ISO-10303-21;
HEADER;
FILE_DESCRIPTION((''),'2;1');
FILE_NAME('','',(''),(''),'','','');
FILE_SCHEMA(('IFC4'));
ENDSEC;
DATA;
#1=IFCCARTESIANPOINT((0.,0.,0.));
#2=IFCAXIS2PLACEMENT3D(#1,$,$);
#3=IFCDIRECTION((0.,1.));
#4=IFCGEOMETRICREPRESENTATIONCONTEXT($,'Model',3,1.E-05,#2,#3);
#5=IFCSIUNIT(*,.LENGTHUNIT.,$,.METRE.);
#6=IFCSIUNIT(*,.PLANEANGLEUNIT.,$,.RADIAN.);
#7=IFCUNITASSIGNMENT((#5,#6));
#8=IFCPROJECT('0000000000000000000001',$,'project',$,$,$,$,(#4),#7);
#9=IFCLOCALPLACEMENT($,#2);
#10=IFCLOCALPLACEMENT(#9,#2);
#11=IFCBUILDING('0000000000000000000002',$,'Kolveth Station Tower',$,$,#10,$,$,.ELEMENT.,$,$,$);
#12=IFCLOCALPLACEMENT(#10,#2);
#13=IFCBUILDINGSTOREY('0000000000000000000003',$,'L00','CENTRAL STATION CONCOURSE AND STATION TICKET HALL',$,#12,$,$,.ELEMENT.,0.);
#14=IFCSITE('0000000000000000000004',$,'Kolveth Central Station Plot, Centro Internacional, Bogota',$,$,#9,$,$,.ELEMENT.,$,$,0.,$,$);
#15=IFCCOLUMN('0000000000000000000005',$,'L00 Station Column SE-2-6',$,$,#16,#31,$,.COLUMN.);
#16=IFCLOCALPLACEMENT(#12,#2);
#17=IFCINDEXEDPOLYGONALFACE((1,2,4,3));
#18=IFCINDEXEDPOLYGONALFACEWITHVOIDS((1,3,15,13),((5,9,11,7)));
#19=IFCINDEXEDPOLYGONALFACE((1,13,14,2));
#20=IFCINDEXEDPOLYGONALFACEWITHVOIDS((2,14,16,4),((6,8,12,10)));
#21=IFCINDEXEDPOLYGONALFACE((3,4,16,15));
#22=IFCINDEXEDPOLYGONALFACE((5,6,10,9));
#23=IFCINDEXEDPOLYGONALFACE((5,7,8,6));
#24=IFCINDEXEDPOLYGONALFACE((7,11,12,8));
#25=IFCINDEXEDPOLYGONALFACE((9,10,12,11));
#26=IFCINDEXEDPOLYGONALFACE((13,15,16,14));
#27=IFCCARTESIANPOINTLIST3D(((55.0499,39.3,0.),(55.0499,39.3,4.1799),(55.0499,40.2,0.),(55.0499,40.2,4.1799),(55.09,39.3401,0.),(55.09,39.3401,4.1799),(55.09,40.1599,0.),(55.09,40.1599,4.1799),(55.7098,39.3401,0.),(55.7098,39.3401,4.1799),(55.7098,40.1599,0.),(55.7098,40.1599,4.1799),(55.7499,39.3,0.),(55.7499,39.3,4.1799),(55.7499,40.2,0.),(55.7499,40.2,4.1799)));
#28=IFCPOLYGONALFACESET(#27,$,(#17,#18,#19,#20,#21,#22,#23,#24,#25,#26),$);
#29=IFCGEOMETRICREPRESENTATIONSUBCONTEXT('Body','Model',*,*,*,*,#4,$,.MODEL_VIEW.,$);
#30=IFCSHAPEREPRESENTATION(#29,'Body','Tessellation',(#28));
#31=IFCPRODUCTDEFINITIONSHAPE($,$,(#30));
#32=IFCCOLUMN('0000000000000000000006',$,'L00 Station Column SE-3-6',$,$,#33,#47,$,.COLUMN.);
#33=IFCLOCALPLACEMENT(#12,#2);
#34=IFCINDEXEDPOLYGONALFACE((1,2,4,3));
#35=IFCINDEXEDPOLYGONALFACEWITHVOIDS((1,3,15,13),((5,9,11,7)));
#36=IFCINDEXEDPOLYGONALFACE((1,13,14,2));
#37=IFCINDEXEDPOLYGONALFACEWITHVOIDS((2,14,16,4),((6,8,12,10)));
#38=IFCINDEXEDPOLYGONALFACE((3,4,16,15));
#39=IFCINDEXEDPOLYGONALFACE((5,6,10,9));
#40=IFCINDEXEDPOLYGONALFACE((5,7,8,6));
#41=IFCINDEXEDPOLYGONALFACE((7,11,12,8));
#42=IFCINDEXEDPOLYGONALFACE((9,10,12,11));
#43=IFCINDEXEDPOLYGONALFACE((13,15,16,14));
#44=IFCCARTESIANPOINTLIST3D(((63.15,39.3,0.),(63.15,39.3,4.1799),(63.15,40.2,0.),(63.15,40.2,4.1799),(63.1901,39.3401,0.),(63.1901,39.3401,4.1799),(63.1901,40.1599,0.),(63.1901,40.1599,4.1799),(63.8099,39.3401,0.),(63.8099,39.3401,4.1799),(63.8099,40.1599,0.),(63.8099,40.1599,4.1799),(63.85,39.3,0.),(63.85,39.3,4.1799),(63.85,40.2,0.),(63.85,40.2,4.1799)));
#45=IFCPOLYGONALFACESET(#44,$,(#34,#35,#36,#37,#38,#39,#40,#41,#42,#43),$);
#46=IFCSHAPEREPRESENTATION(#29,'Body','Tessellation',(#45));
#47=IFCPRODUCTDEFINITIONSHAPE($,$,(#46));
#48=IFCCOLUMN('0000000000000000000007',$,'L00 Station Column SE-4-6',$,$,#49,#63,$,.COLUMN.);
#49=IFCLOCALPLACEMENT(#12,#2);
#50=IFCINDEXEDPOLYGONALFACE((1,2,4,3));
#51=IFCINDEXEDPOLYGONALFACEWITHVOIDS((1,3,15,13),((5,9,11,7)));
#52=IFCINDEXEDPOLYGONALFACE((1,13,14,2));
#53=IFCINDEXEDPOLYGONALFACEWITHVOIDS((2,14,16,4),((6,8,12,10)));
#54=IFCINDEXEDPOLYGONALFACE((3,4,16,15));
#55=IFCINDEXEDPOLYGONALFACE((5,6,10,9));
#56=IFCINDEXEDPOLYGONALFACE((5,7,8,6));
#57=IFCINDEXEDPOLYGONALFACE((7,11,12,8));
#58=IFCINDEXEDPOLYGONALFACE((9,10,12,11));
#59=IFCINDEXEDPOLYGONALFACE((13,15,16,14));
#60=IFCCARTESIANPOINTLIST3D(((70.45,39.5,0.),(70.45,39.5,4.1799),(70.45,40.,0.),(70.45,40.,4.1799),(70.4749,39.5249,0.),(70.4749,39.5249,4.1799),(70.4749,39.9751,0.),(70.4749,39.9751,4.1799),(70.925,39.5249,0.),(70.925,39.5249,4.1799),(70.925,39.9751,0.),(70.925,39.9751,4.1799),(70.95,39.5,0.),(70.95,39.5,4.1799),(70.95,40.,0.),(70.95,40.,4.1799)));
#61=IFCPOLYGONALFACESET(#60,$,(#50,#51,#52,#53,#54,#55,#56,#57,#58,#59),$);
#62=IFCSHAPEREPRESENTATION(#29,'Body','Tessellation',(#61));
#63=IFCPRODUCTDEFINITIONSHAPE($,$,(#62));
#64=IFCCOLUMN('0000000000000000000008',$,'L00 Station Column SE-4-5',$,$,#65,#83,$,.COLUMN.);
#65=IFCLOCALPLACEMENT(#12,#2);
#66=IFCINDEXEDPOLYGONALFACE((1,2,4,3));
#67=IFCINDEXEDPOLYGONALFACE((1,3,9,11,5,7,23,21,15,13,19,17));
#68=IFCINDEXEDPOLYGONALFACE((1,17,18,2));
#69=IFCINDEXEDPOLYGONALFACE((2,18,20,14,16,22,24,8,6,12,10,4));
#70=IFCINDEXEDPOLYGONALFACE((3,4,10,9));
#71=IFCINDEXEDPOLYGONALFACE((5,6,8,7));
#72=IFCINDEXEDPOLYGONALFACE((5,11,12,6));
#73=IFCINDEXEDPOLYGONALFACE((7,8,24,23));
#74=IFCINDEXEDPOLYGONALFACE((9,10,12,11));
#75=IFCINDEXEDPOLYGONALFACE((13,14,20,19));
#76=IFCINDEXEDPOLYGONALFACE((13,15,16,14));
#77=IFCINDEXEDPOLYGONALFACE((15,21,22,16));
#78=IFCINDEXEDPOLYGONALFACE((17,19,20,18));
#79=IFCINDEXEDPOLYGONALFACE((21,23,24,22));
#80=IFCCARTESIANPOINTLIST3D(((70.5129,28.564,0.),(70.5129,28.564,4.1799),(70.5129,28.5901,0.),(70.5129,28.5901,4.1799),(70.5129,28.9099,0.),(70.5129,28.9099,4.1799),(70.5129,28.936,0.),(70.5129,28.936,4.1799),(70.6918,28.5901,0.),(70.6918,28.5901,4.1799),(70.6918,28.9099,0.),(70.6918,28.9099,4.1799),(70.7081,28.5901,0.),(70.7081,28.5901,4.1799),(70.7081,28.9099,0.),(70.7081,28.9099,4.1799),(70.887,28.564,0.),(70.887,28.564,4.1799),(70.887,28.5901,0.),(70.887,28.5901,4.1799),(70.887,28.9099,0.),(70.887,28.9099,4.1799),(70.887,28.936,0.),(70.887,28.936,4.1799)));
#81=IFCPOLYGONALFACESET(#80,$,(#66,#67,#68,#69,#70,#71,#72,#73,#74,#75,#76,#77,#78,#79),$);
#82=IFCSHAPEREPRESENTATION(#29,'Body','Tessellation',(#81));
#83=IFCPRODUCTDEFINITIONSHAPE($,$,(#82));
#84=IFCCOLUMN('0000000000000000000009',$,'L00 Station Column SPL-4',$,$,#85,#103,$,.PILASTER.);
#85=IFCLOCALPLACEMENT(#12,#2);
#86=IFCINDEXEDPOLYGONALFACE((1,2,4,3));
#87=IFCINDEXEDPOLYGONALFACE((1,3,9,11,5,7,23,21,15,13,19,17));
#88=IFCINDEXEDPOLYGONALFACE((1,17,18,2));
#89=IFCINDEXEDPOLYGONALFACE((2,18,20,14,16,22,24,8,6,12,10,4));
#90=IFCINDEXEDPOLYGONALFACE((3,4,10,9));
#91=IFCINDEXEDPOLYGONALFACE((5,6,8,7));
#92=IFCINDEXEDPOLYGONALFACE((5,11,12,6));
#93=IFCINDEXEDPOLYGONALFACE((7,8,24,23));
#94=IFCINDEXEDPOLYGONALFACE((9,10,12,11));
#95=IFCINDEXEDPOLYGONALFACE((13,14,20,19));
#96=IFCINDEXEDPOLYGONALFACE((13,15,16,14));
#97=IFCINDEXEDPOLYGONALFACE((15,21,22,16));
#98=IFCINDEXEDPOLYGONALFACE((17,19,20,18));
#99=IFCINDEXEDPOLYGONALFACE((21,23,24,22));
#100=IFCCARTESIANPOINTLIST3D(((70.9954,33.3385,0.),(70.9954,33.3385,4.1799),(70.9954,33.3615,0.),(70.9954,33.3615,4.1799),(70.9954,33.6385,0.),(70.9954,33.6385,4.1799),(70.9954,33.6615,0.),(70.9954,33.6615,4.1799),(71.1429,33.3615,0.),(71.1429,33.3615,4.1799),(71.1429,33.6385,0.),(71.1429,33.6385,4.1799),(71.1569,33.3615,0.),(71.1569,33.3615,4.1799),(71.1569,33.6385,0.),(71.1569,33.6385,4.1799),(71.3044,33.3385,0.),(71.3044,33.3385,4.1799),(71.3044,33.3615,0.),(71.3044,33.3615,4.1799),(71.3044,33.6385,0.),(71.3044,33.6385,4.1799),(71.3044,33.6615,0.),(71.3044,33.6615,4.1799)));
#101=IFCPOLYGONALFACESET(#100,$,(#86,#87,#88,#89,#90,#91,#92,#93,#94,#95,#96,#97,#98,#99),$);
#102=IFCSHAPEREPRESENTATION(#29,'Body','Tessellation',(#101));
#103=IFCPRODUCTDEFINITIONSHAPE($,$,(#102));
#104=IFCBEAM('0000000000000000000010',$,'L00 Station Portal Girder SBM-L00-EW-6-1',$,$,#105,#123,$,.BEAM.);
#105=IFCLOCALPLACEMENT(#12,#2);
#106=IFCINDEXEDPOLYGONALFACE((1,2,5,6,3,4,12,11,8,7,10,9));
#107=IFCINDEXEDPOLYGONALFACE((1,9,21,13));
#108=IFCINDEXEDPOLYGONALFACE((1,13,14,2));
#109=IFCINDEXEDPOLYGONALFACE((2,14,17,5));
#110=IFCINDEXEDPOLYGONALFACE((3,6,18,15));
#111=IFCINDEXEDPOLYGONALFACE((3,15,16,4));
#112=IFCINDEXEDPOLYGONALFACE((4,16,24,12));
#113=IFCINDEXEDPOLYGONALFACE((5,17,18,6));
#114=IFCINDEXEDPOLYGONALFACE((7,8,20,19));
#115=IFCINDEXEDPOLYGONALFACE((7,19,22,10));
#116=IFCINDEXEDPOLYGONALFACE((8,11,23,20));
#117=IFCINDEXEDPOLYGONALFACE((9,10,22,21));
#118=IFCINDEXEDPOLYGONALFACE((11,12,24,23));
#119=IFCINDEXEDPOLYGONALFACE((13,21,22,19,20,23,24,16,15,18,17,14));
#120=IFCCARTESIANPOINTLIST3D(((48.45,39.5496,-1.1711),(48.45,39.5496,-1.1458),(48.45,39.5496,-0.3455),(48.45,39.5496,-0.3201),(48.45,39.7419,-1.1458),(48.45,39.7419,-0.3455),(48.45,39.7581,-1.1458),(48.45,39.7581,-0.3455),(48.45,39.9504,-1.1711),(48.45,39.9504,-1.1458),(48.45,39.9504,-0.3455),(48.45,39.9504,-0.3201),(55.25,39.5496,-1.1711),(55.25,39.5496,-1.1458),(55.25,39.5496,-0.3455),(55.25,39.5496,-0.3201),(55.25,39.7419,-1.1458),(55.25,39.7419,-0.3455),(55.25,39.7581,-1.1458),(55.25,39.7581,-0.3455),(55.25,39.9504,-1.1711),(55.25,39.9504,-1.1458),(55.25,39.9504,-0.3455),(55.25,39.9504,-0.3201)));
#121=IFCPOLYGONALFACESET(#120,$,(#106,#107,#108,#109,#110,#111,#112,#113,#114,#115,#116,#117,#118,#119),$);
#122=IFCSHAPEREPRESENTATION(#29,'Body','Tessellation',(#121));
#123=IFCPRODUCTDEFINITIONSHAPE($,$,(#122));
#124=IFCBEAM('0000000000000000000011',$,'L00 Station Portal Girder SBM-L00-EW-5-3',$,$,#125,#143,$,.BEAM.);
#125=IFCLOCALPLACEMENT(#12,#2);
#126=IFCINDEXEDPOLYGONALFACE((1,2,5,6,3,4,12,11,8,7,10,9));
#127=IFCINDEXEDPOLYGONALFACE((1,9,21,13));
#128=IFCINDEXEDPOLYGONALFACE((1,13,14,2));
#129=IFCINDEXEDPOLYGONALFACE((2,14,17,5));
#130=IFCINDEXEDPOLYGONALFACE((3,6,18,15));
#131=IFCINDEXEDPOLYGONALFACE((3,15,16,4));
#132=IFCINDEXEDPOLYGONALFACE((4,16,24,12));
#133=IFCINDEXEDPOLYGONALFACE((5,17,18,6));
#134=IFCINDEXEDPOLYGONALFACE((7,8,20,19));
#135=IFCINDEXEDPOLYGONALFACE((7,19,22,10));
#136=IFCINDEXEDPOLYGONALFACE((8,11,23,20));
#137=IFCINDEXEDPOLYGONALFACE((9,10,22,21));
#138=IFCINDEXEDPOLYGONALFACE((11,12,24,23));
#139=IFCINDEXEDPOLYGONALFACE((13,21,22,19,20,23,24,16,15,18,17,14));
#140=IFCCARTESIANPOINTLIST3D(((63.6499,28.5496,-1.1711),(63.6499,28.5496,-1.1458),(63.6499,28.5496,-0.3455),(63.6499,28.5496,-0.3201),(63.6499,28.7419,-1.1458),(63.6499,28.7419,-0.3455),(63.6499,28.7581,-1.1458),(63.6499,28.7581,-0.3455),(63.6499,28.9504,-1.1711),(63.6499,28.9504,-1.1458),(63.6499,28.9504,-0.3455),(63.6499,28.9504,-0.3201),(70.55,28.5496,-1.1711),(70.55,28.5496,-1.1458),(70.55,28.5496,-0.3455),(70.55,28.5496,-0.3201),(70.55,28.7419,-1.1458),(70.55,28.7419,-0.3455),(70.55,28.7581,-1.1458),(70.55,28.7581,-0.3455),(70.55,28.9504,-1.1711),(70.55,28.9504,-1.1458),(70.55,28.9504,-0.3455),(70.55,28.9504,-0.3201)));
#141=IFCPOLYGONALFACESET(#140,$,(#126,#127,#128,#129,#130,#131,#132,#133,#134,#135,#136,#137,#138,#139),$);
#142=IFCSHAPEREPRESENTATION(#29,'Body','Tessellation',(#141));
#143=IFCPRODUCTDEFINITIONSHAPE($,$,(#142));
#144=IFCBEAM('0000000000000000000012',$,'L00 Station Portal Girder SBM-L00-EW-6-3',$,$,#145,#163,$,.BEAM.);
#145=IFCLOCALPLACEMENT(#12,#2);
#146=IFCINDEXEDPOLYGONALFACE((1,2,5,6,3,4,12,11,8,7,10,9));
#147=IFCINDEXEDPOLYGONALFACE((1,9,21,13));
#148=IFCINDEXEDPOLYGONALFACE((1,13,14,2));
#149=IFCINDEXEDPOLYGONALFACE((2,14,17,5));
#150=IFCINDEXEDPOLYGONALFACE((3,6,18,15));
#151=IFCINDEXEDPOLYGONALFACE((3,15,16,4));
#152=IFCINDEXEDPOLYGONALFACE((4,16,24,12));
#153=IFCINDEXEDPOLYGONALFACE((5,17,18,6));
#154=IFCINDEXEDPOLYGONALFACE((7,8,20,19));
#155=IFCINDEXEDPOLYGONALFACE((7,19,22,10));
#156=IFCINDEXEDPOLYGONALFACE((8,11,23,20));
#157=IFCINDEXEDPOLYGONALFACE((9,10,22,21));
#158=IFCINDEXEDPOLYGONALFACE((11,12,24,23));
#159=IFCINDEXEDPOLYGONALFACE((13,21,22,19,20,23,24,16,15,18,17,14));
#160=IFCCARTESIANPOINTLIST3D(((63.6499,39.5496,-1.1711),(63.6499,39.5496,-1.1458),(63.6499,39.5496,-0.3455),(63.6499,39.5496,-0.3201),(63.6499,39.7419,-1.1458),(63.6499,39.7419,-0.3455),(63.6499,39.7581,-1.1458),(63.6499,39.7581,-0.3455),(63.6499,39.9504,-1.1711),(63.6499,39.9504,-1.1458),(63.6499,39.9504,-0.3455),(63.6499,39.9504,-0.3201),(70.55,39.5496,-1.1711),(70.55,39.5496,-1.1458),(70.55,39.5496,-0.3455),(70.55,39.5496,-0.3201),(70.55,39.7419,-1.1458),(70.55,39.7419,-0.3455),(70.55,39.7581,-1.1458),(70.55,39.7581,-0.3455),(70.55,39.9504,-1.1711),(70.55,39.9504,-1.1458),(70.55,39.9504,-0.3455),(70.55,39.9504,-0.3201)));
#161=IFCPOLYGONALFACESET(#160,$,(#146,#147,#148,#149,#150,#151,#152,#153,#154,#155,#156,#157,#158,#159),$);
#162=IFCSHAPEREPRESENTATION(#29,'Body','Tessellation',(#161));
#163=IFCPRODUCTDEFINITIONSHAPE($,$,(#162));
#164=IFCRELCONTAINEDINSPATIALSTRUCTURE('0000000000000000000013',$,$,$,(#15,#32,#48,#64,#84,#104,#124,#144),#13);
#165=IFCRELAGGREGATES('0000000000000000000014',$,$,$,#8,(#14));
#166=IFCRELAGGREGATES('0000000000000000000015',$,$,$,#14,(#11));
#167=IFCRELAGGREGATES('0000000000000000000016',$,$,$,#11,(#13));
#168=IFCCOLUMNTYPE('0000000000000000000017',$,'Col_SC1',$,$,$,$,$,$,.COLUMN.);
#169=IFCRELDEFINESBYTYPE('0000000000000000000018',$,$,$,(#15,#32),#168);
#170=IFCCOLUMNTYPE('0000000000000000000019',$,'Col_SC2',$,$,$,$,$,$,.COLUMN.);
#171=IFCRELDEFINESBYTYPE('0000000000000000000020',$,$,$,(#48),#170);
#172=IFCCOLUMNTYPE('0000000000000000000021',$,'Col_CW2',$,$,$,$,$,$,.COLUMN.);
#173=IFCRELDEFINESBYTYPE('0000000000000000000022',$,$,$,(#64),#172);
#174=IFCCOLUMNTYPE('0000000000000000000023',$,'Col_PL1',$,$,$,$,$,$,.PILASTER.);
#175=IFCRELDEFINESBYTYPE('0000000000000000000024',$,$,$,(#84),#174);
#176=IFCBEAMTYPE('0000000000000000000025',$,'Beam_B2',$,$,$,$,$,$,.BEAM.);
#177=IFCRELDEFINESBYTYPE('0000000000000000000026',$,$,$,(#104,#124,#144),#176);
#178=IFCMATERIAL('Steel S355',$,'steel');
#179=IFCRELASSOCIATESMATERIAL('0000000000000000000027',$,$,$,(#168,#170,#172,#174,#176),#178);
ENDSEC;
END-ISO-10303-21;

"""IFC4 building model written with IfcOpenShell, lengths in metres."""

from ifc_helpers import new_model, si_unit, direction, frame, origin, origin_2d, place, context, subcontext, project, spatial, hollow_rectangle, i_section, extrude, source, transform, mapped, material, material_profile, profile_set, type_object, element, save


model = new_model("IFC4")

# Units and contexts
model_context = context("Model", 3, precision=1e-05, world=origin(), true_north=direction((0.0, 1.0)))
body_context = subcontext(model_context, "Body", "Model", "MODEL_VIEW")
ifc_project = project(units=[si_unit("LENGTHUNIT", "METRE"), si_unit("PLANEANGLEUNIT", "RADIAN")], contexts=[model_context])

# Site, building, storey
site_placement = place(None, origin())
site = spatial("IfcSite", under=ifc_project, at=site_placement, Name="Kolveth Central Station Plot, Centro Internacional, Bogota", CompositionType="ELEMENT", RefElevation=0.0)
building_placement = place(site_placement, origin())
building = spatial("IfcBuilding", under=site, at=building_placement, Name="Kolveth Station Tower", CompositionType="ELEMENT")
storey_placement = place(building_placement, origin())
storey = spatial("IfcBuildingStorey", under=building, at=storey_placement, Name="L00", Description="CENTRAL STATION CONCOURSE AND STATION TICKET HALL", CompositionType="ELEMENT", Elevation=0.0)

# Columns
ifc_material_1 = material(Name="Steel S355", Category="steel")
ifc_material_profile_1 = material_profile(ifc_material_1, hollow_rectangle(XDim=0.7, YDim=0.8999, WallThickness=0.04, at=origin_2d()), Name="BOX900x700x40")
ifc_profile_set_1 = profile_set([ifc_material_profile_1], Name="Steel S355")
column_type_1 = type_object("IfcColumnType", Name="Col_SC1", PredefinedType="COLUMN", material=ifc_profile_set_1)
shared_shape_1 = source(origin(), body_context, "Body", "SweptSolid", [
    extrude(hollow_rectangle(XDim=0.7, YDim=0.8999, WallThickness=0.04, at=origin_2d()), origin(), (0.0, 0.0, 1.0), 4.1799),
])
for number, where, z_axis, x_axis, name in (
    (1, (55.3999, 39.75, 0.0), (0.0, 0.0, 1.0), (1.0, 0.0, 0.0), "L00 Station Column SE-2-6"),
    (2, (63.5, 39.75, 0.0), (0.0, 0.0, 1.0), (1.0, 0.0, 0.0), "L00 Station Column SE-3-6"),
):
    element("IfcColumn", number, at=place(storey_placement, frame(where, z_axis=z_axis, x_axis=x_axis)), inside=storey, type_object=column_type_1, Name=name, PredefinedType="COLUMN", context=body_context, shape_type="MappedRepresentation", body=[
        mapped(shared_shape_1, transform((0.0, 0.0, 0.0), x_axis=(1.0, 0.0, 0.0), y_axis=(0.0, 1.0, 0.0), z_axis=(0.0, 0.0, 1.0), scale=1.0)),
    ])
ifc_material_profile_2 = material_profile(ifc_material_1, hollow_rectangle(XDim=0.5, YDim=0.5, WallThickness=0.0249, at=origin_2d()), Name="HSS500x500x25")
ifc_profile_set_2 = profile_set([ifc_material_profile_2], Name="Steel S355")
column_type_2 = type_object("IfcColumnType", Name="Col_SC2", PredefinedType="COLUMN", material=ifc_profile_set_2)
shared_shape_2 = source(origin(), body_context, "Body", "SweptSolid", [
    extrude(hollow_rectangle(XDim=0.5, YDim=0.5, WallThickness=0.0249, at=origin_2d()), origin(), (0.0, 0.0, 1.0), 4.1799),
])
column_1_placement = place(storey_placement, frame((70.7, 39.75, 0.0), z_axis=(0.0, 0.0, 1.0), x_axis=(1.0, 0.0, 0.0)))
element("IfcColumn", 3, at=column_1_placement, inside=storey, type_object=column_type_2, Name="L00 Station Column SE-4-6", PredefinedType="COLUMN", context=body_context, shape_type="MappedRepresentation", body=[
    mapped(shared_shape_2, transform((0.0, 0.0, 0.0), x_axis=(1.0, 0.0, 0.0), y_axis=(0.0, 1.0, 0.0), z_axis=(0.0, 0.0, 1.0), scale=1.0)),
])
ifc_material_profile_3 = material_profile(ifc_material_1, i_section(OverallWidth=0.374, OverallDepth=0.3721, WebThickness=0.0164, FlangeThickness=0.0261, at=origin_2d()), Name="W360x196")
ifc_profile_set_3 = profile_set([ifc_material_profile_3], Name="Steel S355")
column_type_3 = type_object("IfcColumnType", Name="Col_CW2", PredefinedType="COLUMN", material=ifc_profile_set_3)
shared_shape_3 = source(origin(), body_context, "Body", "SweptSolid", [
    extrude(i_section(OverallWidth=0.374, OverallDepth=0.3721, WebThickness=0.0164, FlangeThickness=0.0261, at=origin_2d()), origin(), (0.0, 0.0, 1.0), 4.1799),
])
column_2_placement = place(storey_placement, frame((70.7, 28.75, 0.0), z_axis=(0.0, 0.0, 1.0), x_axis=(1.0, 0.0, 0.0)))
element("IfcColumn", 4, at=column_2_placement, inside=storey, type_object=column_type_3, Name="L00 Station Column SE-4-5", PredefinedType="COLUMN", context=body_context, shape_type="MappedRepresentation", body=[
    mapped(shared_shape_3, transform((0.0, 0.0, 0.0), x_axis=(1.0, 0.0, 0.0), y_axis=(0.0, 1.0, 0.0), z_axis=(0.0, 0.0, 1.0), scale=1.0)),
])
ifc_material_profile_4 = material_profile(ifc_material_1, i_section(OverallWidth=0.3091, OverallDepth=0.323, WebThickness=0.0139, FlangeThickness=0.0229, at=origin_2d()), Name="W310x143")
ifc_profile_set_4 = profile_set([ifc_material_profile_4], Name="Steel S355")
column_type_4 = type_object("IfcColumnType", Name="Col_PL1", PredefinedType="PILASTER", material=ifc_profile_set_4)
shared_shape_4 = source(origin(), body_context, "Body", "SweptSolid", [
    extrude(i_section(OverallWidth=0.3091, OverallDepth=0.323, WebThickness=0.0139, FlangeThickness=0.0229, at=origin_2d()), origin(), (0.0, 0.0, 1.0), 4.1799),
])
column_3_placement = place(storey_placement, frame((71.1499, 33.5, 0.0), z_axis=(0.0, 0.0, 1.0), x_axis=(1.0, 0.0, 0.0)))
element("IfcColumn", 5, at=column_3_placement, inside=storey, type_object=column_type_4, Name="L00 Station Column SPL-4", PredefinedType="PILASTER", context=body_context, shape_type="MappedRepresentation", body=[
    mapped(shared_shape_4, transform((0.0, 0.0, 0.0), x_axis=(1.0, 0.0, 0.0), y_axis=(0.0, 1.0, 0.0), z_axis=(0.0, 0.0, 1.0), scale=1.0)),
])

# Beams
ifc_material_profile_5 = material_profile(ifc_material_1, i_section(OverallWidth=0.4009, OverallDepth=0.8511, WebThickness=0.0161, FlangeThickness=0.0254, at=origin_2d()), Name="W840x226")
ifc_profile_set_5 = profile_set([ifc_material_profile_5], Name="Steel S355")
beam_type_1 = type_object("IfcBeamType", Name="Beam_B2", PredefinedType="BEAM", material=ifc_profile_set_5)
shared_shape_5 = source(origin(), body_context, "Body", "SweptSolid", [
    extrude(i_section(OverallWidth=0.4009, OverallDepth=0.8511, WebThickness=0.0161, FlangeThickness=0.0254, at=origin_2d()), origin(), (0.0, 0.0, 1.0), 6.8),
])
beam_1_placement = place(storey_placement, frame((48.45, 39.75, -0.7456), z_axis=(1.0, 0.0, 0.0), x_axis=(0.0, 1.0, 0.0)))
element("IfcBeam", 6, at=beam_1_placement, inside=storey, type_object=beam_type_1, Name="L00 Station Portal Girder SBM-L00-EW-6-1", PredefinedType="BEAM", context=body_context, shape_type="MappedRepresentation", body=[
    mapped(shared_shape_5, transform((0.0, 0.0, 0.0), x_axis=(1.0, 0.0, 0.0), y_axis=(0.0, 1.0, 0.0), z_axis=(0.0, 0.0, 1.0), scale=1.0)),
])
shared_shape_6 = source(origin(), body_context, "Body", "SweptSolid", [
    extrude(i_section(OverallWidth=0.4009, OverallDepth=0.8511, WebThickness=0.0161, FlangeThickness=0.0254, at=origin_2d()), origin(), (0.0, 0.0, 1.0), 6.9001),
])
for number, where, z_axis, x_axis, name in (
    (7, (63.6499, 28.75, -0.7456), (1.0, 0.0, 0.0), (0.0, 1.0, 0.0), "L00 Station Portal Girder SBM-L00-EW-5-3"),
    (8, (63.6499, 39.75, -0.7456), (1.0, 0.0, 0.0), (0.0, 1.0, 0.0), "L00 Station Portal Girder SBM-L00-EW-6-3"),
):
    element("IfcBeam", number, at=place(storey_placement, frame(where, z_axis=z_axis, x_axis=x_axis)), inside=storey, type_object=beam_type_1, Name=name, PredefinedType="BEAM", context=body_context, shape_type="MappedRepresentation", body=[
        mapped(shared_shape_6, transform((0.0, 0.0, 0.0), x_axis=(1.0, 0.0, 0.0), y_axis=(0.0, 1.0, 0.0), z_axis=(0.0, 0.0, 1.0), scale=1.0)),
    ])

save(model, "model.ifc")
